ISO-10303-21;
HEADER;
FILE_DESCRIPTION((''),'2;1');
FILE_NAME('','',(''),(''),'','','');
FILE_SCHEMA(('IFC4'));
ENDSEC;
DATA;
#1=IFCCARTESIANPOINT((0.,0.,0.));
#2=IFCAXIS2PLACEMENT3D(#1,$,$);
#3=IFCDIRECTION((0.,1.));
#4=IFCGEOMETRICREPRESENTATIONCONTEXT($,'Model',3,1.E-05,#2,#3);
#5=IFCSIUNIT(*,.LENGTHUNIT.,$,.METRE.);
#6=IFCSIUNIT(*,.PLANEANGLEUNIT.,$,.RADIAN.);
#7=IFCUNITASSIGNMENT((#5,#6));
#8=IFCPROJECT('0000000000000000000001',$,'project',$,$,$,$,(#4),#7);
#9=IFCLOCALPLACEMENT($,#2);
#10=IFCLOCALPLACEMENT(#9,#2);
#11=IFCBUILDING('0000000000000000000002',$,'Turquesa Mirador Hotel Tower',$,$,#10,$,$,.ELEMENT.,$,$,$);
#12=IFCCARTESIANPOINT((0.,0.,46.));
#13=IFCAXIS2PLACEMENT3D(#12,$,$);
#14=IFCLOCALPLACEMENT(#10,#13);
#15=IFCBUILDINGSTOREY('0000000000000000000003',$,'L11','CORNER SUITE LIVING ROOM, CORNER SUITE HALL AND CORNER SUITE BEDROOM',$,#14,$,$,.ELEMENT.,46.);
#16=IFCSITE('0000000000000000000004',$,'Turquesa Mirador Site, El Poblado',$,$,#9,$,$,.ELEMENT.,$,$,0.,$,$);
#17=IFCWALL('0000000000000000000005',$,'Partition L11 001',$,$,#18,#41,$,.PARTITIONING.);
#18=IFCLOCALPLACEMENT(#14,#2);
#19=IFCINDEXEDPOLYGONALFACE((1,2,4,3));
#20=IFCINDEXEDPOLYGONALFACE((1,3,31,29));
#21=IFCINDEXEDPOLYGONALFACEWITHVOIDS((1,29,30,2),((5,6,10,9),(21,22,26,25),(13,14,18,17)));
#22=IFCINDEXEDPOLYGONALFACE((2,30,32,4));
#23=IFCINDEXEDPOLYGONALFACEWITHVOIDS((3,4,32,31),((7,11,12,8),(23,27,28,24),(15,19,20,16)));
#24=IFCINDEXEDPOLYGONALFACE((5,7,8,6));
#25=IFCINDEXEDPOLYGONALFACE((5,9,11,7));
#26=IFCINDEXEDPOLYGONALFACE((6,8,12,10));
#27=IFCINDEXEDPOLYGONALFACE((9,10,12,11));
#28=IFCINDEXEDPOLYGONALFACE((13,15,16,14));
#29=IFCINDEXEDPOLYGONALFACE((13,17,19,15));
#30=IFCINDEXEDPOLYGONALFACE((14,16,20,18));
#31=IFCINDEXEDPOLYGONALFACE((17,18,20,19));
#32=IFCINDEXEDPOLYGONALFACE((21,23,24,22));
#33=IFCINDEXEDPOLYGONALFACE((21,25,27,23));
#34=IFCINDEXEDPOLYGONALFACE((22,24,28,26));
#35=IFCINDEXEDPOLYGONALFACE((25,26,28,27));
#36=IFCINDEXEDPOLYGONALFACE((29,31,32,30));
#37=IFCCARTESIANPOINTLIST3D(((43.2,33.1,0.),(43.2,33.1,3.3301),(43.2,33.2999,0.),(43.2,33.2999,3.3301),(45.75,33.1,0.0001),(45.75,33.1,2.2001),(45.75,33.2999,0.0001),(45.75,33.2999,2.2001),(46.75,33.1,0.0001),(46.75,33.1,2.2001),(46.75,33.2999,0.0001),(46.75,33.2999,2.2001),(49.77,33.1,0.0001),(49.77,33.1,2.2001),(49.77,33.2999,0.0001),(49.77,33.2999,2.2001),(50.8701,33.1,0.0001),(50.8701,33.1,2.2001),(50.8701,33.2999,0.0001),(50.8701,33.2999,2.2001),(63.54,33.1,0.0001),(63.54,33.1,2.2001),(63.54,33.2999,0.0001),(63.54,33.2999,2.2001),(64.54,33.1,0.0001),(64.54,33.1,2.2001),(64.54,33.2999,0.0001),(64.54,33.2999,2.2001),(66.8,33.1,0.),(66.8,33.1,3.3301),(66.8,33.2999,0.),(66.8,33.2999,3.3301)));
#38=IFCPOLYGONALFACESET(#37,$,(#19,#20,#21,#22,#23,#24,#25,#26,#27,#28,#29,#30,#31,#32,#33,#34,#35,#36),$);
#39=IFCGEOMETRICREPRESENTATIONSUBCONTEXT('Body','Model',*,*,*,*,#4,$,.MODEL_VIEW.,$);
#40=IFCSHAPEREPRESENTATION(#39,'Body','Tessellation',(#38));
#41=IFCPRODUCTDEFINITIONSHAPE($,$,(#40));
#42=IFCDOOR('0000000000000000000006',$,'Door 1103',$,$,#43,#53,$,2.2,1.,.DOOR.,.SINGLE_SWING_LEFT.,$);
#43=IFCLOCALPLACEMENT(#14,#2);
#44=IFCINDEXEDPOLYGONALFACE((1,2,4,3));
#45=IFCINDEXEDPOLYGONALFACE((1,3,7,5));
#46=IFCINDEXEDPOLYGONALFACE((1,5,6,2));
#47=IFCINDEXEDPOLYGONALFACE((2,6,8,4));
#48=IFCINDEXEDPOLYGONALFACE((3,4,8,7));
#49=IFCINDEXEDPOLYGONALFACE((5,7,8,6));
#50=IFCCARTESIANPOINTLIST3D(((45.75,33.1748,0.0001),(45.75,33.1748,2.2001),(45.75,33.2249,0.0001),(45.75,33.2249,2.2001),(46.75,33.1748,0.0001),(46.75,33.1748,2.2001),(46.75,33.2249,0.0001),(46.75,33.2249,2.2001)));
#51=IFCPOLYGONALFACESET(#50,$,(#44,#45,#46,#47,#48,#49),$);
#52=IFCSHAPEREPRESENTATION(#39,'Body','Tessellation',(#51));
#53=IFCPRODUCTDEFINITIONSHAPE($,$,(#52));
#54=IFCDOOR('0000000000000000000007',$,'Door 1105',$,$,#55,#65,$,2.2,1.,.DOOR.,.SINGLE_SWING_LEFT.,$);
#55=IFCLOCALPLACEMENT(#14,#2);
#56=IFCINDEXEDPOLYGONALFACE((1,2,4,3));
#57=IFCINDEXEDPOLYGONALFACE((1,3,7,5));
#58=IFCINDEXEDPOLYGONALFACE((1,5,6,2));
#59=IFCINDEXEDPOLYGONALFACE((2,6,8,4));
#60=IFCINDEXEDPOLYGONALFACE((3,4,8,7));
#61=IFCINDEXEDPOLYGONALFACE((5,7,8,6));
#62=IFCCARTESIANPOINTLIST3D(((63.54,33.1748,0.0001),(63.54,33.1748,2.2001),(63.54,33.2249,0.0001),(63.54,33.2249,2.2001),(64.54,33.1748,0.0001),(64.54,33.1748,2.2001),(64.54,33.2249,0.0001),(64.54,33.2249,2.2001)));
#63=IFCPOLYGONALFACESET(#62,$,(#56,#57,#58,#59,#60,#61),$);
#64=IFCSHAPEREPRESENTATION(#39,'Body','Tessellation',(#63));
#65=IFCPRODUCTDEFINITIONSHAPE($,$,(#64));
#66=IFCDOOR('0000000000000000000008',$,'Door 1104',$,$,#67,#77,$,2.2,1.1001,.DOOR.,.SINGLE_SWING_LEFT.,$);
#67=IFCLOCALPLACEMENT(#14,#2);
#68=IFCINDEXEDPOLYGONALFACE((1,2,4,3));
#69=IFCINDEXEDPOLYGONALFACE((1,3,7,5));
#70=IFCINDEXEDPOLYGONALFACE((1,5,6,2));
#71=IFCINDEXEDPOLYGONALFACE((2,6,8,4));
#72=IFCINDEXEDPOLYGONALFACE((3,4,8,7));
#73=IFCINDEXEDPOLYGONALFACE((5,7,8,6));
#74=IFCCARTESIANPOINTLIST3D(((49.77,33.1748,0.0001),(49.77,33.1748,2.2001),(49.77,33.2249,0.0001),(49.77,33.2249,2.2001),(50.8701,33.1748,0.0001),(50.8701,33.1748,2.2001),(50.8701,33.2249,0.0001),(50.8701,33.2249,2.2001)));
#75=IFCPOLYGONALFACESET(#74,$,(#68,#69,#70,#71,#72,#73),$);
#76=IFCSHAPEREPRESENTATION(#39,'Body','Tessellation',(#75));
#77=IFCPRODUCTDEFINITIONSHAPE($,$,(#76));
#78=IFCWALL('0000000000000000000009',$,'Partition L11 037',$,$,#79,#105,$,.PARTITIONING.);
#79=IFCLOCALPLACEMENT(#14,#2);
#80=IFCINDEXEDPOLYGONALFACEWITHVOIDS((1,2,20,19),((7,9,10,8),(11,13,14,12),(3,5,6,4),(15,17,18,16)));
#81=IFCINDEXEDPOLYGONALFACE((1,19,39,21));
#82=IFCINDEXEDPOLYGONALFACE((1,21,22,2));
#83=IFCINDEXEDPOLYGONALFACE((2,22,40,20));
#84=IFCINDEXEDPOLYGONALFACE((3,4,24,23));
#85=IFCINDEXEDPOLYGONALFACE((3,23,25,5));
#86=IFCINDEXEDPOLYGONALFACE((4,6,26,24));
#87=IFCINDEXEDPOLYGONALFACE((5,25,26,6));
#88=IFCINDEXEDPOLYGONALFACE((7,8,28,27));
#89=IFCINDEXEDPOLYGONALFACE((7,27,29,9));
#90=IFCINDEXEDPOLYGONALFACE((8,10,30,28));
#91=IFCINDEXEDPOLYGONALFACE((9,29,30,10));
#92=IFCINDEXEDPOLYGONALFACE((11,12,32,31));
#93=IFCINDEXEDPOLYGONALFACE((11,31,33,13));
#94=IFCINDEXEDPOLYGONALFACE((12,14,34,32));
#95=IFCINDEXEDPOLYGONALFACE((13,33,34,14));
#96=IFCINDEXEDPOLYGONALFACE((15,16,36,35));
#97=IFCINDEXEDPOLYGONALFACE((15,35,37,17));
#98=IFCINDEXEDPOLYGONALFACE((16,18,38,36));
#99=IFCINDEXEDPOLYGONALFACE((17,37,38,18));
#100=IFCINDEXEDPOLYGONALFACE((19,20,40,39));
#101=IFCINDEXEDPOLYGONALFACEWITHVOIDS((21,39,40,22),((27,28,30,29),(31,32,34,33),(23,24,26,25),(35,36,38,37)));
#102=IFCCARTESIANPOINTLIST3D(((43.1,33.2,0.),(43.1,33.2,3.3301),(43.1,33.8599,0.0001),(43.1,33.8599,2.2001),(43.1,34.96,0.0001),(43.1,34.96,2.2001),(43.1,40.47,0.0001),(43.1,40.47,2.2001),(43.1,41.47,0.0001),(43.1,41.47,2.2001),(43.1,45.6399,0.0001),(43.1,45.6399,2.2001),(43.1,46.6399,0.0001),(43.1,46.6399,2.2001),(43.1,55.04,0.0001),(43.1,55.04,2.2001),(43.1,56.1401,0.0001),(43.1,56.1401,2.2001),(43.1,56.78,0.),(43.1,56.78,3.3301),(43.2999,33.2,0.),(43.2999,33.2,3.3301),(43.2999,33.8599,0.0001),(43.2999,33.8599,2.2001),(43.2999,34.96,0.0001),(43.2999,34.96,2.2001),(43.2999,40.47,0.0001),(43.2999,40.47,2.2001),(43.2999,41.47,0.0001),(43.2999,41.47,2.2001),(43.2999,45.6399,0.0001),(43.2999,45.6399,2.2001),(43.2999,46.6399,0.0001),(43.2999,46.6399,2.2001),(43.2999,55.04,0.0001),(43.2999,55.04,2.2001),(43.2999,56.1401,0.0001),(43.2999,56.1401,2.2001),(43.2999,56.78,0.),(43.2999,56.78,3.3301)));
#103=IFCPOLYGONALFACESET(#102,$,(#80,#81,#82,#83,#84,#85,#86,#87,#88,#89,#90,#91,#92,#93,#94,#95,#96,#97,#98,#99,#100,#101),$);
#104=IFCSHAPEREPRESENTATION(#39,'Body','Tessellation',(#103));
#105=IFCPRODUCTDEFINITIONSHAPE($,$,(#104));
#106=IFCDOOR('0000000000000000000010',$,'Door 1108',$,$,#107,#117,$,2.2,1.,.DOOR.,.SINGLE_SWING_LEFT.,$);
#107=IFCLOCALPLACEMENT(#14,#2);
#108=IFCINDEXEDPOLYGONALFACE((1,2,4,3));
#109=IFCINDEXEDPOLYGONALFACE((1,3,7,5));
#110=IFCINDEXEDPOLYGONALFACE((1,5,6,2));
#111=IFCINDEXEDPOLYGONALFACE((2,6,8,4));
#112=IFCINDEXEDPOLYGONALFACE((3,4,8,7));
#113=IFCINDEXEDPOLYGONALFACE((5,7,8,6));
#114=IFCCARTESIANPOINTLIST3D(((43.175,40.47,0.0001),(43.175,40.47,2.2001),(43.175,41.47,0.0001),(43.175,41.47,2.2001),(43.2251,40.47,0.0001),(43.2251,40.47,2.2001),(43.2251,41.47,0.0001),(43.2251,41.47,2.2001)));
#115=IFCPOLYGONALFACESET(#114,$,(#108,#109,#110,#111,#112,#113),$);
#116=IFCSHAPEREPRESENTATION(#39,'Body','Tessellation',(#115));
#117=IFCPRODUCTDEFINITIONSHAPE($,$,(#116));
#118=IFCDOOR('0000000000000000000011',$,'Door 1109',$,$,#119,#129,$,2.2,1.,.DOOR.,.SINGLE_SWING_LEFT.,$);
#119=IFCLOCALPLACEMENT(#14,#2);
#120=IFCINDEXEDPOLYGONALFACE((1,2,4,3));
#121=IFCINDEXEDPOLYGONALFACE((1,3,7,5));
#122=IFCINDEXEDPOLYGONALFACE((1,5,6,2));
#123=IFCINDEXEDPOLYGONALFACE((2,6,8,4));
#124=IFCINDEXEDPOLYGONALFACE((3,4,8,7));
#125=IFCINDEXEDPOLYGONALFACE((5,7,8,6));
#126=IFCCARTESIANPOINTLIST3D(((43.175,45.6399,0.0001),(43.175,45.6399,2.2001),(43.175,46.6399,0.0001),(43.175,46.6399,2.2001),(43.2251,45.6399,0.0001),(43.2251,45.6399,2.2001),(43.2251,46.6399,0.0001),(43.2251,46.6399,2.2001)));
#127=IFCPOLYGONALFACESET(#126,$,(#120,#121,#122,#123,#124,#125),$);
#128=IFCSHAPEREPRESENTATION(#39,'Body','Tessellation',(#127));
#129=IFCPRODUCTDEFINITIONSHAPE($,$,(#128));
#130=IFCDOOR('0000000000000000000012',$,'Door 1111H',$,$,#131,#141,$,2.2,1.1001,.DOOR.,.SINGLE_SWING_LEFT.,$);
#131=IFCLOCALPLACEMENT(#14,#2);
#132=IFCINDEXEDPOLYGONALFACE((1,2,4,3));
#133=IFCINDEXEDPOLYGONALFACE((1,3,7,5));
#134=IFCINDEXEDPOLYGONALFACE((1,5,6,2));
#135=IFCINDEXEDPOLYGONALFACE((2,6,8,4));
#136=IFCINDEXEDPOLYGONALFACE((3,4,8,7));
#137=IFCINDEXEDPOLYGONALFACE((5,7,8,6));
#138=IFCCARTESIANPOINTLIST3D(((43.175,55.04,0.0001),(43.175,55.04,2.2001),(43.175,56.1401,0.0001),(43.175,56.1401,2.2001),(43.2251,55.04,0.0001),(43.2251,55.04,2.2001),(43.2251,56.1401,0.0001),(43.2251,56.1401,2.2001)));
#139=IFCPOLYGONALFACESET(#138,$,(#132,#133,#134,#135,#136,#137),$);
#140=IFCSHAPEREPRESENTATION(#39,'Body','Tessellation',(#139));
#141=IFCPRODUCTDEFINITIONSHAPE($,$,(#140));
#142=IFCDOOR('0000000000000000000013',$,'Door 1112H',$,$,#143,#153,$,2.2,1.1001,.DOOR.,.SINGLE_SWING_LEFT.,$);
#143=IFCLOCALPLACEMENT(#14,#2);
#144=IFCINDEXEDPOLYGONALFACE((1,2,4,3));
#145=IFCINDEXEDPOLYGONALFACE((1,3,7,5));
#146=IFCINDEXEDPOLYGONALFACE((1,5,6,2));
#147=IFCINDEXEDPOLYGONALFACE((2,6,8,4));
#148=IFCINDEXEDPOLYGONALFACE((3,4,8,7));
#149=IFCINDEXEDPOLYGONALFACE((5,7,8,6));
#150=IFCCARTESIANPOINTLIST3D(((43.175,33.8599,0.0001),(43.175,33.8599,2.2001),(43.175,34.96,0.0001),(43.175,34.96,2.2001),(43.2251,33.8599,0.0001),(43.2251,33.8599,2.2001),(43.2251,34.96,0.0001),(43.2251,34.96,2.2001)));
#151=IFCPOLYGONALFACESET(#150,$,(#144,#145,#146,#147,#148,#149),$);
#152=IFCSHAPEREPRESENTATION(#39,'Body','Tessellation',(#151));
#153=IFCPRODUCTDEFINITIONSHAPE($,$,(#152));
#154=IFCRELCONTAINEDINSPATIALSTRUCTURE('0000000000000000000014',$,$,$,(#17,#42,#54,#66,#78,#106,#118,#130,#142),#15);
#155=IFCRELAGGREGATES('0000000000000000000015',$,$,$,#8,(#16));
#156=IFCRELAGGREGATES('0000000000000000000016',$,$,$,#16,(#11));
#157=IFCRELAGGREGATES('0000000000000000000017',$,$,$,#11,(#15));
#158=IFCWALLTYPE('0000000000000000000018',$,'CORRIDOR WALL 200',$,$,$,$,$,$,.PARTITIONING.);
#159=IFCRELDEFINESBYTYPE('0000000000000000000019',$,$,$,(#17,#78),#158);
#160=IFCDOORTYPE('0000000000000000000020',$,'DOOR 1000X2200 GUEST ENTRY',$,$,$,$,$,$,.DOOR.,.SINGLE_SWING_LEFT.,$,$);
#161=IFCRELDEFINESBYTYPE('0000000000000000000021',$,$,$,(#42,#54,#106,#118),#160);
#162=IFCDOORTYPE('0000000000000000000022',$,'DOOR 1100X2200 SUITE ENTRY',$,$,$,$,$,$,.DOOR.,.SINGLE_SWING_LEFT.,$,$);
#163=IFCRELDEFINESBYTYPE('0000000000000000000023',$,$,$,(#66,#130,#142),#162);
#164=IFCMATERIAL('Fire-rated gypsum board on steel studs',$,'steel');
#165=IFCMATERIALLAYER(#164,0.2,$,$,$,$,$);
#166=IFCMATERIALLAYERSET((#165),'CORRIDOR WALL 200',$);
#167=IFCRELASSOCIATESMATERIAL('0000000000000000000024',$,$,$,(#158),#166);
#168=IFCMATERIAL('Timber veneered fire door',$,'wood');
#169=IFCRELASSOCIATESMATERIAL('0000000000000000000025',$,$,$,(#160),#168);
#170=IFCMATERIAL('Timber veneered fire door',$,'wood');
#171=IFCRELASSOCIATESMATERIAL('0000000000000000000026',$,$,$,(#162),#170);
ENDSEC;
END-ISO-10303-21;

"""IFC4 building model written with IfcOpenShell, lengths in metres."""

from ifc_helpers import new_model, si_unit, direction, frame, frame_2d, origin, place, context, subcontext, project, spatial, rectangle, extrude, material, layer, layer_set, type_object, element, fill, save


model = new_model("IFC4")

# Units and contexts
model_context = context("Model", 3, precision=1e-05, world=origin(), true_north=direction((0.0, 1.0)))
body_context = subcontext(model_context, "Body", "Model", "MODEL_VIEW")
ifc_project = project(units=[si_unit("LENGTHUNIT", "METRE"), si_unit("PLANEANGLEUNIT", "RADIAN")], contexts=[model_context])

# Site, building, storey
site_placement = place(None, origin())
site = spatial("IfcSite", under=ifc_project, at=site_placement, Name="Turquesa Mirador Site, El Poblado", CompositionType="ELEMENT", RefElevation=0.0)
building_placement = place(site_placement, origin())
building = spatial("IfcBuilding", under=site, at=building_placement, Name="Turquesa Mirador Hotel Tower", CompositionType="ELEMENT")
storey_placement = place(building_placement, frame((0.0, 0.0, 46.0)))
storey = spatial("IfcBuildingStorey", under=building, at=storey_placement, Name="L11", Description="CORNER SUITE LIVING ROOM, CORNER SUITE HALL AND CORNER SUITE BEDROOM", CompositionType="ELEMENT", Elevation=46.0)

# Walls, openings, doors
ifc_material_1 = material(Name="Fire-rated gypsum board on steel studs", Category="steel")
ifc_layer_1 = layer(ifc_material_1, 0.2)
ifc_layer_set_1 = layer_set([ifc_layer_1], Name="CORRIDOR WALL 200")
wall_type_1 = type_object("IfcWallType", Name="CORRIDOR WALL 200", PredefinedType="PARTITIONING", material=ifc_layer_set_1)
wall_1_placement = place(storey_placement, frame((43.2, 33.2, 0.0), z_axis=(0.0, 0.0, 1.0), x_axis=(1.0, 0.0, 0.0)))
wall_1 = element("IfcWall", 1, at=wall_1_placement, inside=storey, type_object=wall_type_1, Name="Partition L11 001", PredefinedType="PARTITIONING", context=body_context, shape_type="SweptSolid", body=[
    extrude(rectangle(XDim=23.6001, YDim=0.2, at=frame_2d((11.8, 0.0))), origin(), (0.0, 0.0, 1.0), 3.3301),
])
opening_1_placement = place(wall_1_placement, frame((2.55, 0.0, 0.0)))
opening_1 = element("IfcOpeningElement", 2, at=opening_1_placement, cuts=wall_1, PredefinedType="OPENING", context=body_context, shape_type="SweptSolid", body=[
    extrude(rectangle(XDim=1.0, YDim=2.2, at=frame_2d((0.5, 1.1001))), frame((0.0, 0.1099, 0.0), z_axis=(0.0, -1.0, 0.0), x_axis=(1.0, 0.0, 0.0)), (0.0, 0.0, 1.0), 0.22),
])
opening_2_placement = place(wall_1_placement, frame((6.5701, 0.0, 0.0)))
opening_2 = element("IfcOpeningElement", 3, at=opening_2_placement, cuts=wall_1, PredefinedType="OPENING", context=body_context, shape_type="SweptSolid", body=[
    extrude(rectangle(XDim=1.1001, YDim=2.2, at=frame_2d((0.55, 1.1001))), frame((0.0, 0.1099, 0.0), z_axis=(0.0, -1.0, 0.0), x_axis=(1.0, 0.0, 0.0)), (0.0, 0.0, 1.0), 0.22),
])
opening_3_placement = place(wall_1_placement, frame((20.3401, 0.0, 0.0)))
opening_3 = element("IfcOpeningElement", 4, at=opening_3_placement, cuts=wall_1, PredefinedType="OPENING", context=body_context, shape_type="SweptSolid", body=[
    extrude(rectangle(XDim=1.0, YDim=2.2, at=frame_2d((0.5, 1.1001))), frame((0.0, 0.1099, 0.0), z_axis=(0.0, -1.0, 0.0), x_axis=(1.0, 0.0, 0.0)), (0.0, 0.0, 1.0), 0.22),
])
ifc_material_2 = material(Name="Timber veneered fire door", Category="wood")
door_type_1 = type_object("IfcDoorType", Name="DOOR 1000X2200 GUEST ENTRY", OperationType="SINGLE_SWING_LEFT", PredefinedType="DOOR", material=ifc_material_2)
door_1_placement = place(opening_1_placement, origin())
door_1 = element("IfcDoor", 5, at=door_1_placement, inside=storey, type_object=door_type_1, Name="Door 1103", OperationType="SINGLE_SWING_LEFT", OverallHeight=2.2, OverallWidth=1.0, PredefinedType="DOOR", context=body_context, shape_type="SweptSolid", body=[
    extrude(rectangle(XDim=1.0, YDim=2.2, at=frame_2d((0.5, 1.1001))), frame((0.0, 0.0249, 0.0), z_axis=(0.0, -1.0, 0.0), x_axis=(1.0, 0.0, 0.0)), (0.0, 0.0, 1.0), 0.05),
])
fill(opening_1, door_1)
door_2_placement = place(opening_3_placement, origin())
door_2 = element("IfcDoor", 6, at=door_2_placement, inside=storey, type_object=door_type_1, Name="Door 1105", OperationType="SINGLE_SWING_LEFT", OverallHeight=2.2, OverallWidth=1.0, PredefinedType="DOOR", context=body_context, shape_type="SweptSolid", body=[
    extrude(rectangle(XDim=1.0, YDim=2.2, at=frame_2d((0.5, 1.1001))), frame((0.0, 0.0249, 0.0), z_axis=(0.0, -1.0, 0.0), x_axis=(1.0, 0.0, 0.0)), (0.0, 0.0, 1.0), 0.05),
])
fill(opening_3, door_2)
ifc_material_3 = material(Name="Timber veneered fire door", Category="wood")
door_type_2 = type_object("IfcDoorType", Name="DOOR 1100X2200 SUITE ENTRY", OperationType="SINGLE_SWING_LEFT", PredefinedType="DOOR", material=ifc_material_3)
door_3_placement = place(opening_2_placement, origin())
door_3 = element("IfcDoor", 7, at=door_3_placement, inside=storey, type_object=door_type_2, Name="Door 1104", OperationType="SINGLE_SWING_LEFT", OverallHeight=2.2, OverallWidth=1.1001, PredefinedType="DOOR", context=body_context, shape_type="SweptSolid", body=[
    extrude(rectangle(XDim=1.1001, YDim=2.2, at=frame_2d((0.55, 1.1001))), frame((0.0, 0.0249, 0.0), z_axis=(0.0, -1.0, 0.0), x_axis=(1.0, 0.0, 0.0)), (0.0, 0.0, 1.0), 0.05),
])
fill(opening_2, door_3)
wall_2_placement = place(storey_placement, frame((43.2, 33.2, 0.0), z_axis=(0.0, 0.0, 1.0), x_axis=(0.0, 1.0, 0.0)))
wall_2 = element("IfcWall", 8, at=wall_2_placement, inside=storey, type_object=wall_type_1, Name="Partition L11 037", PredefinedType="PARTITIONING", context=body_context, shape_type="SweptSolid", body=[
    extrude(rectangle(XDim=23.5801, YDim=0.2, at=frame_2d((11.79, 0.0))), origin(), (0.0, 0.0, 1.0), 3.3301),
])
opening_4_placement = place(wall_2_placement, frame((7.27, 0.0, 0.0)))
opening_4 = element("IfcOpeningElement", 9, at=opening_4_placement, cuts=wall_2, PredefinedType="OPENING", context=body_context, shape_type="SweptSolid", body=[
    extrude(rectangle(XDim=1.0, YDim=2.2, at=frame_2d((0.5, 1.1001))), frame((0.0, 0.1099, 0.0), z_axis=(0.0, -1.0, 0.0), x_axis=(1.0, 0.0, 0.0)), (0.0, 0.0, 1.0), 0.22),
])
opening_5_placement = place(wall_2_placement, frame((12.4399, 0.0, 0.0)))
opening_5 = element("IfcOpeningElement", 10, at=opening_5_placement, cuts=wall_2, PredefinedType="OPENING", context=body_context, shape_type="SweptSolid", body=[
    extrude(rectangle(XDim=1.0, YDim=2.2, at=frame_2d((0.5, 1.1001))), frame((0.0, 0.1099, 0.0), z_axis=(0.0, -1.0, 0.0), x_axis=(1.0, 0.0, 0.0)), (0.0, 0.0, 1.0), 0.22),
])
opening_6_placement = place(wall_2_placement, frame((21.8401, 0.0, 0.0)))
opening_6 = element("IfcOpeningElement", 11, at=opening_6_placement, cuts=wall_2, PredefinedType="OPENING", context=body_context, shape_type="SweptSolid", body=[
    extrude(rectangle(XDim=1.1001, YDim=2.2, at=frame_2d((0.55, 1.1001))), frame((0.0, 0.1099, 0.0), z_axis=(0.0, -1.0, 0.0), x_axis=(1.0, 0.0, 0.0)), (0.0, 0.0, 1.0), 0.22),
])
opening_7_placement = place(wall_2_placement, frame((0.6599, 0.0, 0.0)))
opening_7 = element("IfcOpeningElement", 12, at=opening_7_placement, cuts=wall_2, PredefinedType="OPENING", context=body_context, shape_type="SweptSolid", body=[
    extrude(rectangle(XDim=1.1001, YDim=2.2, at=frame_2d((0.55, 1.1001))), frame((0.0, 0.1099, 0.0), z_axis=(0.0, -1.0, 0.0), x_axis=(1.0, 0.0, 0.0)), (0.0, 0.0, 1.0), 0.22),
])
door_4_placement = place(opening_4_placement, origin())
door_4 = element("IfcDoor", 13, at=door_4_placement, inside=storey, type_object=door_type_1, Name="Door 1108", OperationType="SINGLE_SWING_LEFT", OverallHeight=2.2, OverallWidth=1.0, PredefinedType="DOOR", context=body_context, shape_type="SweptSolid", body=[
    extrude(rectangle(XDim=1.0, YDim=2.2, at=frame_2d((0.5, 1.1001))), frame((0.0, 0.0249, 0.0), z_axis=(0.0, -1.0, 0.0), x_axis=(1.0, 0.0, 0.0)), (0.0, 0.0, 1.0), 0.05),
])
fill(opening_4, door_4)
door_5_placement = place(opening_5_placement, origin())
door_5 = element("IfcDoor", 14, at=door_5_placement, inside=storey, type_object=door_type_1, Name="Door 1109", OperationType="SINGLE_SWING_LEFT", OverallHeight=2.2, OverallWidth=1.0, PredefinedType="DOOR", context=body_context, shape_type="SweptSolid", body=[
    extrude(rectangle(XDim=1.0, YDim=2.2, at=frame_2d((0.5, 1.1001))), frame((0.0, 0.0249, 0.0), z_axis=(0.0, -1.0, 0.0), x_axis=(1.0, 0.0, 0.0)), (0.0, 0.0, 1.0), 0.05),
])
fill(opening_5, door_5)
door_6_placement = place(opening_6_placement, origin())
door_6 = element("IfcDoor", 15, at=door_6_placement, inside=storey, type_object=door_type_2, Name="Door 1111H", OperationType="SINGLE_SWING_LEFT", OverallHeight=2.2, OverallWidth=1.1001, PredefinedType="DOOR", context=body_context, shape_type="SweptSolid", body=[
    extrude(rectangle(XDim=1.1001, YDim=2.2, at=frame_2d((0.55, 1.1001))), frame((0.0, 0.0249, 0.0), z_axis=(0.0, -1.0, 0.0), x_axis=(1.0, 0.0, 0.0)), (0.0, 0.0, 1.0), 0.05),
])
fill(opening_6, door_6)
door_7_placement = place(opening_7_placement, origin())
door_7 = element("IfcDoor", 16, at=door_7_placement, inside=storey, type_object=door_type_2, Name="Door 1112H", OperationType="SINGLE_SWING_LEFT", OverallHeight=2.2, OverallWidth=1.1001, PredefinedType="DOOR", context=body_context, shape_type="SweptSolid", body=[
    extrude(rectangle(XDim=1.1001, YDim=2.2, at=frame_2d((0.55, 1.1001))), frame((0.0, 0.0249, 0.0), z_axis=(0.0, -1.0, 0.0), x_axis=(1.0, 0.0, 0.0)), (0.0, 0.0, 1.0), 0.05),
])
fill(opening_7, door_7)

save(model, "model.ifc")
